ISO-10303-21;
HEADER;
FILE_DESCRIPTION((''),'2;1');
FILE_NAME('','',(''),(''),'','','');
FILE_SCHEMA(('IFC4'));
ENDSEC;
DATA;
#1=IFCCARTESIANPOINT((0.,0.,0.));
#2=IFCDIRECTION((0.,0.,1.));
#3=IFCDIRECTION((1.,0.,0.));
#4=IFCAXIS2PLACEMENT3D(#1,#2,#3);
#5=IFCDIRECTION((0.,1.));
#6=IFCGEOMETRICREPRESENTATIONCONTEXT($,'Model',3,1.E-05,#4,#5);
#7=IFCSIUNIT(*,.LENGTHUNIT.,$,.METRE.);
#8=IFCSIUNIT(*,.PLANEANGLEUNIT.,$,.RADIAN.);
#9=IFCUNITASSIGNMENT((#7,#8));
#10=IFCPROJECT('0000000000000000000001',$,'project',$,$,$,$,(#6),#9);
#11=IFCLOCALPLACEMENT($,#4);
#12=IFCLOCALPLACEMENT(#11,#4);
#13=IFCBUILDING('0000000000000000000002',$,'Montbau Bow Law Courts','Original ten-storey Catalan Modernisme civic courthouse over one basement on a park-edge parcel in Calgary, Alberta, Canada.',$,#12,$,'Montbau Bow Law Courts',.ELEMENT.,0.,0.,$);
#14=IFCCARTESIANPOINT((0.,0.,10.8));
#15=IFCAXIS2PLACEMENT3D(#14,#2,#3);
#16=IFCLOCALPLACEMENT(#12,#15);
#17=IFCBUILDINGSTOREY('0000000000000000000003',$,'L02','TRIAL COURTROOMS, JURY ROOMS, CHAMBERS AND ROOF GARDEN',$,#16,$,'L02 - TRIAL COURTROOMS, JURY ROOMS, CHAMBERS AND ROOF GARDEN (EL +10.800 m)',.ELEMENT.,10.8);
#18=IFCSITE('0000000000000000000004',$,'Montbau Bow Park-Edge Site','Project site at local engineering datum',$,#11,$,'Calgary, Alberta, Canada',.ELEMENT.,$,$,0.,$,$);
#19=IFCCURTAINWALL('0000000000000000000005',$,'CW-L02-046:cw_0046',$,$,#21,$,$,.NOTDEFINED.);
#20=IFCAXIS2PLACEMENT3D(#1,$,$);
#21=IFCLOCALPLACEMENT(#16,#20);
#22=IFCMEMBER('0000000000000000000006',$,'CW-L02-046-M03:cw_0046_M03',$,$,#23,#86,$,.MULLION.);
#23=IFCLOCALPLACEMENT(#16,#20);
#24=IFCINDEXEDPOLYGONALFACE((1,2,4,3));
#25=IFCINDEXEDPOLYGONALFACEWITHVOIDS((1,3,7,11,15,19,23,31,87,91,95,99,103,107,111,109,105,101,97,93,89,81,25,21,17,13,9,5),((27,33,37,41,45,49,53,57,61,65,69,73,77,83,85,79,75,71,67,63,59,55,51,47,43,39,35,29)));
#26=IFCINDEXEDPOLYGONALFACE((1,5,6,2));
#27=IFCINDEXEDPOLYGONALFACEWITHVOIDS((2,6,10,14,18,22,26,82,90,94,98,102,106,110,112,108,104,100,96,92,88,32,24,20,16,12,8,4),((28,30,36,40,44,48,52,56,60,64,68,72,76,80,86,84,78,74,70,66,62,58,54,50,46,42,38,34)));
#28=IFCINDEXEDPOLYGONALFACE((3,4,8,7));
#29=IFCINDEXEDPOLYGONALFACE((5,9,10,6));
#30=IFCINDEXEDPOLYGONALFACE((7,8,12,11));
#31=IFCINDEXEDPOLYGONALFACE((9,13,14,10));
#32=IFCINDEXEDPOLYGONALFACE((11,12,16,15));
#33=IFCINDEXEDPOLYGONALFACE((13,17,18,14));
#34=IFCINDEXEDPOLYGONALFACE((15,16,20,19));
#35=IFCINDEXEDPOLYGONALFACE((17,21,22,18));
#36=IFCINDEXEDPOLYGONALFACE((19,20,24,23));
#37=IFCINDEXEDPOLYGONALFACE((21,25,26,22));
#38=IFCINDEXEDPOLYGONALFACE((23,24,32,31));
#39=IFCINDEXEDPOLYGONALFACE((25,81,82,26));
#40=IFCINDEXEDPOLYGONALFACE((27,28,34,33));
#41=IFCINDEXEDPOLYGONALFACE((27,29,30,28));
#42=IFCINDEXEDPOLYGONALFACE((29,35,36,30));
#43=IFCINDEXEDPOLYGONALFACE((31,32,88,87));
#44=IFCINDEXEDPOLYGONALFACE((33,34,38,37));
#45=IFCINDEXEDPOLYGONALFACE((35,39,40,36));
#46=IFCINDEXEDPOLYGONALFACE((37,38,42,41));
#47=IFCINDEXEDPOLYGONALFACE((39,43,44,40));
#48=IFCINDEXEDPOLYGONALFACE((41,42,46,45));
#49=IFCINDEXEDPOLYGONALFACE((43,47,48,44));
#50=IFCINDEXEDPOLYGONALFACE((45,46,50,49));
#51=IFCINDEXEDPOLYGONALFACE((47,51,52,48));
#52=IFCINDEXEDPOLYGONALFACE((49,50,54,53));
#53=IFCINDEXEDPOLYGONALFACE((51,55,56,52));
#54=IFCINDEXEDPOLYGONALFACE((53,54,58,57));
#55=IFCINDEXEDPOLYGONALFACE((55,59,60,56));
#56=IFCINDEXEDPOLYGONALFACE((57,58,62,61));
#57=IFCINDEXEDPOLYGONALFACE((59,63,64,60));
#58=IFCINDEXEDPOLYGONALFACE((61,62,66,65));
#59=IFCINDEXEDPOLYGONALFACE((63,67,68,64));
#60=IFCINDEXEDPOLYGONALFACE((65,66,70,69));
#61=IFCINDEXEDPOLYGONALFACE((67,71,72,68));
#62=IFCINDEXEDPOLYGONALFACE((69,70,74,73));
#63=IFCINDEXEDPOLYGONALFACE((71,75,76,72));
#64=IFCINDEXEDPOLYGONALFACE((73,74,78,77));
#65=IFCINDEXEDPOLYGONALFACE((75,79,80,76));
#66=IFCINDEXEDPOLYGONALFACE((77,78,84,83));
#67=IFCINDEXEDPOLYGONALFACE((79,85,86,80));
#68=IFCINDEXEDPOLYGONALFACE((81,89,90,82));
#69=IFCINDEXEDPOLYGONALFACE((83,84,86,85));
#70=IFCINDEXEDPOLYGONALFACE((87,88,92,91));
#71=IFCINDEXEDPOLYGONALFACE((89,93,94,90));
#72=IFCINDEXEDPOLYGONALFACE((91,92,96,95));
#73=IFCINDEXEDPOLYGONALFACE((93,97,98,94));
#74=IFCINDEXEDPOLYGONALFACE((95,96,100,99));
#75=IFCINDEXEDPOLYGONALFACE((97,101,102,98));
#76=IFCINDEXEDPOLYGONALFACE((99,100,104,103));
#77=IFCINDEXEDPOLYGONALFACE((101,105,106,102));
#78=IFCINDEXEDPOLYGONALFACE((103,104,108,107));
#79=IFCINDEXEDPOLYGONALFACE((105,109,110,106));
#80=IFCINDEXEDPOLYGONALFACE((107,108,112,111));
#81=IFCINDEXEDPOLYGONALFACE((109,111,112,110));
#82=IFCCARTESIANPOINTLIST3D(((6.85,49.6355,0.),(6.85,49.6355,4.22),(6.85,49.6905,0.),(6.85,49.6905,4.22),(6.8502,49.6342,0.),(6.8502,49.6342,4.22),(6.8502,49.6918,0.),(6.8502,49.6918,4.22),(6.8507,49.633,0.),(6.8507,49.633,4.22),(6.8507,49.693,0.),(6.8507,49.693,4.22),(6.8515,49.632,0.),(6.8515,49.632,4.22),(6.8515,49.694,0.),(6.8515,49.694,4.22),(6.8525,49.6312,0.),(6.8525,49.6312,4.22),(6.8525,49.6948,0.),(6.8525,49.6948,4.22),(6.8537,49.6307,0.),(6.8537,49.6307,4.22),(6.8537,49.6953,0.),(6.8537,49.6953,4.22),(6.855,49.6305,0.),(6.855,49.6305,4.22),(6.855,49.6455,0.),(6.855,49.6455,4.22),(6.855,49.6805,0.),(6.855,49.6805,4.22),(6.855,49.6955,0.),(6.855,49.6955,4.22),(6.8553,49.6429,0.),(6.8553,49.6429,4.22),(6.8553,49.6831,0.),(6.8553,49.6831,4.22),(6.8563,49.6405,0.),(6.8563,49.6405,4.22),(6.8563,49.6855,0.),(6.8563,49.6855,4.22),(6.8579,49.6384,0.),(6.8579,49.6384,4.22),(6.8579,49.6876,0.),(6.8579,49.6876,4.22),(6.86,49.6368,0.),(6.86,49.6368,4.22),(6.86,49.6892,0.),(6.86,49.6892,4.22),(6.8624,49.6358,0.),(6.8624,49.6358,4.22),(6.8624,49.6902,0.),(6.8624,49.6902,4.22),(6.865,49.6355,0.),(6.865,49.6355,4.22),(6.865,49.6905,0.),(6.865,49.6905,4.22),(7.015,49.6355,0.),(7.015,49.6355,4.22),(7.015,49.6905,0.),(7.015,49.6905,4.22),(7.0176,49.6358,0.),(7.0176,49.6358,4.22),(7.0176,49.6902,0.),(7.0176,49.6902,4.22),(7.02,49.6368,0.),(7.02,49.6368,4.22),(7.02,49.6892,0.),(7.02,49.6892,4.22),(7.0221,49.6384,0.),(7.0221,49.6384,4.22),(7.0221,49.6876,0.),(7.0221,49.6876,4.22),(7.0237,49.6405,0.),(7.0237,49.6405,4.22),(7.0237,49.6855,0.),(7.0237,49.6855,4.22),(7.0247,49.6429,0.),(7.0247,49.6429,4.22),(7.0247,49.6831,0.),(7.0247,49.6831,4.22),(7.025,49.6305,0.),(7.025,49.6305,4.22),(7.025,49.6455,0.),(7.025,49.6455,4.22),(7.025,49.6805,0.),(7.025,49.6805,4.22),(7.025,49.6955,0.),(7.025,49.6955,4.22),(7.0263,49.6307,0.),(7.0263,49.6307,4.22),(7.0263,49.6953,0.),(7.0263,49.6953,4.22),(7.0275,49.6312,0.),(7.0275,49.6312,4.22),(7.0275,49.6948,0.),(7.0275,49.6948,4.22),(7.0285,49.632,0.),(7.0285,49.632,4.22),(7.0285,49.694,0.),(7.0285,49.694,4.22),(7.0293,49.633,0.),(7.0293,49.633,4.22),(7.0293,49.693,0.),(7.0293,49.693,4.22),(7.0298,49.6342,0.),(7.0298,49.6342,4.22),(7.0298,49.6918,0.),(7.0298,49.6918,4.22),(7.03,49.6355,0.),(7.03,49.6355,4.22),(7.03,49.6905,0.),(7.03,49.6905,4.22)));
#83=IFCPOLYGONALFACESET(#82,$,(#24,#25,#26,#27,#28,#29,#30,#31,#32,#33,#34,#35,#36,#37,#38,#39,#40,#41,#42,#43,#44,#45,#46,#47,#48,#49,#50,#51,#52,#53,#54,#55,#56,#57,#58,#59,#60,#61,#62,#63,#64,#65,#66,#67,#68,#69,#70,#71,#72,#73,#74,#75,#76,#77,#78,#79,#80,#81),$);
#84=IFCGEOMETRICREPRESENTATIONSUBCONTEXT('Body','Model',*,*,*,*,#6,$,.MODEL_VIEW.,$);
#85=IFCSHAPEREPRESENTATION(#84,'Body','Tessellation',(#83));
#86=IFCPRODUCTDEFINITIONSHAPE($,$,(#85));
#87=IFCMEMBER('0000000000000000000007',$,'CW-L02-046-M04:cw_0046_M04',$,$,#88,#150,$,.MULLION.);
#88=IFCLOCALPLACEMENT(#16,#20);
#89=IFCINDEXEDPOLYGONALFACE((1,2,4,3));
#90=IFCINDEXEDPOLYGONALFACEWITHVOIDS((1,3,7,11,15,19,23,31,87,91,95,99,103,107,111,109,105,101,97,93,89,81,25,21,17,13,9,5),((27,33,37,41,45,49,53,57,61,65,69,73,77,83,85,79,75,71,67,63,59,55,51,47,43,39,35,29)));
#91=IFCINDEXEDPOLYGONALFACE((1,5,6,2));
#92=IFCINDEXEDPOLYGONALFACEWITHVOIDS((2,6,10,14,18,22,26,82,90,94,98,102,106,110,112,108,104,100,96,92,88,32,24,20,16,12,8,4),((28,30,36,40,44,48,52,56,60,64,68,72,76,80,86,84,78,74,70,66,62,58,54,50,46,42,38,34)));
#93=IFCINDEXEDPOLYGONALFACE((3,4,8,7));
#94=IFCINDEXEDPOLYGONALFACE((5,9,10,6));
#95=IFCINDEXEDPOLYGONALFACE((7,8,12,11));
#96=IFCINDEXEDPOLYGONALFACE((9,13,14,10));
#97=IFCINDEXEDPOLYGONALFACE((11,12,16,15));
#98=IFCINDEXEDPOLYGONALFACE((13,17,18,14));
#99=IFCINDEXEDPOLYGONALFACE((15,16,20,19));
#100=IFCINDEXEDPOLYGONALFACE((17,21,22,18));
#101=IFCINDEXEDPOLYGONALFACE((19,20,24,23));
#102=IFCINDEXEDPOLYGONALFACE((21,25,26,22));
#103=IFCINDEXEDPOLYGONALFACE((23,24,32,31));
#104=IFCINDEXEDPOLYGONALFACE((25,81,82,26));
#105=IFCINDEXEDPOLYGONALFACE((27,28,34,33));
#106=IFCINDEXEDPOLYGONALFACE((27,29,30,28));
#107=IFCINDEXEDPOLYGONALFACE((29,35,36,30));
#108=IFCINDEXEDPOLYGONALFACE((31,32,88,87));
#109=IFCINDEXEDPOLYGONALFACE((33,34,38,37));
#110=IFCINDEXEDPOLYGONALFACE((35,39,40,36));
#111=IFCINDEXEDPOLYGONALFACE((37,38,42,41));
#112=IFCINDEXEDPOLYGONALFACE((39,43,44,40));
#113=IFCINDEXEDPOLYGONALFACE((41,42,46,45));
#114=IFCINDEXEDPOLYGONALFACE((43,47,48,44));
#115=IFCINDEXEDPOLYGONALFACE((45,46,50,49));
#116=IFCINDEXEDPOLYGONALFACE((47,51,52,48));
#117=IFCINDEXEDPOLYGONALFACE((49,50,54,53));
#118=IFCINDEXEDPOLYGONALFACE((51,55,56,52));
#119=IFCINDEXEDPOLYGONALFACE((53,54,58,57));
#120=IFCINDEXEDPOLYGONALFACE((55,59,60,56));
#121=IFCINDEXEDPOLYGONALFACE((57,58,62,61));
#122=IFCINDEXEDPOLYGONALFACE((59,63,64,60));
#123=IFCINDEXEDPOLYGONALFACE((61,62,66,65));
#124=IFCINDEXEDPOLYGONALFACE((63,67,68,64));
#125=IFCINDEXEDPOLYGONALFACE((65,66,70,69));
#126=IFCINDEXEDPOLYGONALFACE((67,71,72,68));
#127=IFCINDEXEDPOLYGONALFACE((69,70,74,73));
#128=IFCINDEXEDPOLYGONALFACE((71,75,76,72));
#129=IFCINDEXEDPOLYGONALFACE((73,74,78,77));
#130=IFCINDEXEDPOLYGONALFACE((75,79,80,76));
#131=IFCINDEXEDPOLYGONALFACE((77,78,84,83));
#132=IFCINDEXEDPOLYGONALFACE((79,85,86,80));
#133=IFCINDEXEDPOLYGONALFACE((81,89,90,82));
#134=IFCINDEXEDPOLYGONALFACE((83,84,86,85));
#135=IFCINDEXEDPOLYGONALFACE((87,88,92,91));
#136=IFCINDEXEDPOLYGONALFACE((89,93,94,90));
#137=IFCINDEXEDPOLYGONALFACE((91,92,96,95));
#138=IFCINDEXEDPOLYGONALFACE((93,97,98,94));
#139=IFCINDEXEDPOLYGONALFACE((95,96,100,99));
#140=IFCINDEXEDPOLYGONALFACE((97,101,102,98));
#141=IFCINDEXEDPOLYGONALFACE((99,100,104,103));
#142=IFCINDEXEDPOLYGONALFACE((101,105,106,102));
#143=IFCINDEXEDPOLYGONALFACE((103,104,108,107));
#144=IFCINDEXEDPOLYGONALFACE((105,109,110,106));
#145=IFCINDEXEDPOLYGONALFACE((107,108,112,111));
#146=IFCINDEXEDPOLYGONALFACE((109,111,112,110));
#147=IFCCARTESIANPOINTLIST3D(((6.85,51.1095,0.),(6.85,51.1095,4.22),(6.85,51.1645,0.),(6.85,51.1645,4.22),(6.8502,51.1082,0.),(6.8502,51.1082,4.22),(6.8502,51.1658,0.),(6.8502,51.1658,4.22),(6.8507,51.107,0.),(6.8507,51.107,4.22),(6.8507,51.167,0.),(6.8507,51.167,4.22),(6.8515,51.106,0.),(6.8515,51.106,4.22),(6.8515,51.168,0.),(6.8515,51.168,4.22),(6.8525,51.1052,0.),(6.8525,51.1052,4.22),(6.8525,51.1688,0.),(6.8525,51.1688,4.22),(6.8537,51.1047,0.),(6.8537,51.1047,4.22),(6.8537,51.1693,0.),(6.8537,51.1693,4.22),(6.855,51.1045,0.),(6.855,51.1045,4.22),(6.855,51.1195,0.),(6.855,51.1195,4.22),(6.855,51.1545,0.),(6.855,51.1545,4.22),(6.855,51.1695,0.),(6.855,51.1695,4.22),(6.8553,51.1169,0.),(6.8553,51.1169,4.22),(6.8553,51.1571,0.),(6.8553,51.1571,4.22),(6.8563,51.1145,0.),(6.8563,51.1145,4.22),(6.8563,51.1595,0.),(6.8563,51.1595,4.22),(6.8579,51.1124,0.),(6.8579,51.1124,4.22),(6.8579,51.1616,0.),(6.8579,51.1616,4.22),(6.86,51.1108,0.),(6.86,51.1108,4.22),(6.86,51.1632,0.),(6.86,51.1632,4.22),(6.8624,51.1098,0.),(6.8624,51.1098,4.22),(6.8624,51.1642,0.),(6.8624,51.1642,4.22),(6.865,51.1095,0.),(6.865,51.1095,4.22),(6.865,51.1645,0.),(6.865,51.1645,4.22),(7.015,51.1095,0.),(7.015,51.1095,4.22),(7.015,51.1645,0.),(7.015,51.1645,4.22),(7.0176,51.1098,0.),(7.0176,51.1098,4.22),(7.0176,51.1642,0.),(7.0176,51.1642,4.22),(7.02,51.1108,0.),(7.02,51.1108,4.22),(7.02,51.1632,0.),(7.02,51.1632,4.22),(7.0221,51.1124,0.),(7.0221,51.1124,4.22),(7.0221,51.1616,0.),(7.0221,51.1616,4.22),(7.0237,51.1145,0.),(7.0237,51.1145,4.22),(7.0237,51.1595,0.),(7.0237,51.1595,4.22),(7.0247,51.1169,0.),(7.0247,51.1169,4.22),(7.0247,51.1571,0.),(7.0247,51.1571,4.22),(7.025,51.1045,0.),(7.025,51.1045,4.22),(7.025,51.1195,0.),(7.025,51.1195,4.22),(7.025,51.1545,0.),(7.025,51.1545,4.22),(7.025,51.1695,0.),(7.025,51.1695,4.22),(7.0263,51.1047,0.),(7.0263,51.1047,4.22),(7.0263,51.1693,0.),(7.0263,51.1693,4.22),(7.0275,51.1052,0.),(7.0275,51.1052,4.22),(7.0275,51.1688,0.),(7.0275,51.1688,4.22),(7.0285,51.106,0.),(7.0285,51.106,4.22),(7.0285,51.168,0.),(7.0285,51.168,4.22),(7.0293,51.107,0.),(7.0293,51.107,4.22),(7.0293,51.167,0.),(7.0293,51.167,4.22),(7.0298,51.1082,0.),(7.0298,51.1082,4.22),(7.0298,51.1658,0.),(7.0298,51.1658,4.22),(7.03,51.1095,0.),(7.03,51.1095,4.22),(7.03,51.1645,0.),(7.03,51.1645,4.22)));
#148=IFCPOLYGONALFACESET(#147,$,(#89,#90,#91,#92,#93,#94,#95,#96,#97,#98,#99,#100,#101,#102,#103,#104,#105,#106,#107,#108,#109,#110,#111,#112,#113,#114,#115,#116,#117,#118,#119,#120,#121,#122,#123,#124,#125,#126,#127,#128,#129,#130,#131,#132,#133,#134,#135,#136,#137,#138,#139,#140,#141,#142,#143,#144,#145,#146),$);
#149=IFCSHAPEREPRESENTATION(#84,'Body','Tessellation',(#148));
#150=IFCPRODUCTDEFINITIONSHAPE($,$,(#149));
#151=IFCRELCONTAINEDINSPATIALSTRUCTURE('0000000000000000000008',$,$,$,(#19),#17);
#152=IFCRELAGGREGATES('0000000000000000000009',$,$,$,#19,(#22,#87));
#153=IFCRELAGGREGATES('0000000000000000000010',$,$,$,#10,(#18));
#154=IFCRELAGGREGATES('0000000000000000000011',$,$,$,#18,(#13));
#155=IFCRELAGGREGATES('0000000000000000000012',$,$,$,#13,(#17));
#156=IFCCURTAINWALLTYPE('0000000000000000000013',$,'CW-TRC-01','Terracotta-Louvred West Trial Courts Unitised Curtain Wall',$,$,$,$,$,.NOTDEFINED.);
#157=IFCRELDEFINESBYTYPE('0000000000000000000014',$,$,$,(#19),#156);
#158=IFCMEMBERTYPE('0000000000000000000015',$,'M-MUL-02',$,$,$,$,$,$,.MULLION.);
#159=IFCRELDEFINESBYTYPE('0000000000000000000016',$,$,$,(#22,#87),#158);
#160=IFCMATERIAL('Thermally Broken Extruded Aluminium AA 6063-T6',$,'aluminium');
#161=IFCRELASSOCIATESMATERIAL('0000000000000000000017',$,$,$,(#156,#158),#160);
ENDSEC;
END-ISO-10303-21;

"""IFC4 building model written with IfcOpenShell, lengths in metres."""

from ifc_helpers import new_model, si_unit, direction, frame, origin_with_axes, origin_2d_with_axis, place, context, subcontext, project, spatial, hollow_rectangle, extrude, material, material_profile, profile_set, type_object, element, aggregate, save


model = new_model("IFC4")

# Units and contexts
model_context = context("Model", 3, precision=1e-05, world=origin_with_axes(), true_north=direction((0.0, 1.0)))
body_context = subcontext(model_context, "Body", "Model", "MODEL_VIEW")
ifc_project = project(units=[si_unit("LENGTHUNIT", "METRE"), si_unit("PLANEANGLEUNIT", "RADIAN")], contexts=[model_context])

# Site, building, storey
site_placement = place(None, origin_with_axes())
site = spatial("IfcSite", under=ifc_project, at=site_placement, Name="Montbau Bow Park-Edge Site", Description="Project site at local engineering datum", LongName="Calgary, Alberta, Canada", CompositionType="ELEMENT", RefElevation=0.0)
building_placement = place(site_placement, origin_with_axes())
building = spatial("IfcBuilding", under=site, at=building_placement, Name="Montbau Bow Law Courts", Description="Original ten-storey Catalan Modernisme civic courthouse over one basement on a park-edge parcel in Calgary, Alberta, Canada.", LongName="Montbau Bow Law Courts", CompositionType="ELEMENT", ElevationOfRefHeight=0.0, ElevationOfTerrain=0.0)
storey_placement = place(building_placement, frame((0.0, 0.0, 10.8), z_axis=(0.0, 0.0, 1.0), x_axis=(1.0, 0.0, 0.0)))
storey = spatial("IfcBuildingStorey", under=building, at=storey_placement, Name="L02", Description="TRIAL COURTROOMS, JURY ROOMS, CHAMBERS AND ROOF GARDEN", LongName="L02 - TRIAL COURTROOMS, JURY ROOMS, CHAMBERS AND ROOF GARDEN (EL +10.800 m)", CompositionType="ELEMENT", Elevation=10.8)

# Curtain wall, members
ifc_material_1 = material(Name="Thermally Broken Extruded Aluminium AA 6063-T6", Category="aluminium")
curtain_wall_type = type_object("IfcCurtainWallType", Name="CW-TRC-01", Description="Terracotta-Louvred West Trial Courts Unitised Curtain Wall", PredefinedType="NOTDEFINED", material=ifc_material_1)
curtain_wall_placement = place(None, frame((6.94, 46.715, 10.8), z_axis=(0.0, 0.0, 1.0), x_axis=(1.0, 0.0, 0.0)))
curtain_wall = element("IfcCurtainWall", 1, at=curtain_wall_placement, inside=storey, type_object=curtain_wall_type, Name="CW-L02-046:cw_0046", PredefinedType="NOTDEFINED")
ifc_material_profile_1 = material_profile(ifc_material_1, hollow_rectangle(XDim=0.065, YDim=0.18, WallThickness=0.005, InnerFilletRadius=0.01, OuterFilletRadius=0.005, at=origin_2d_with_axis()), Name="CWM-180X65", Category="Main", Priority=0)
ifc_profile_set_1 = profile_set([ifc_material_profile_1], Name="Thermally Broken Extruded Aluminium AA 6063-T6")
member_type_1 = type_object("IfcMemberType", Name="M-MUL-02", PredefinedType="MULLION", material=ifc_profile_set_1)
member_1_placement = place(None, frame((6.94, 49.663, 10.8), z_axis=(0.0, 0.0, 1.0), x_axis=(0.0, 1.0, 0.0)))
member_1 = element("IfcMember", 2, at=member_1_placement, type_object=member_type_1, Name="CW-L02-046-M03:cw_0046_M03", PredefinedType="MULLION", context=body_context, shape_type="SweptSolid", body=[
    extrude(hollow_rectangle(XDim=0.065, YDim=0.18, WallThickness=0.005, InnerFilletRadius=0.01, OuterFilletRadius=0.005, at=origin_2d_with_axis()), origin_with_axes(), (0.0, 0.0, 1.0), 4.22),
])
member_2_placement = place(None, frame((6.94, 51.137, 10.8), z_axis=(0.0, 0.0, 1.0), x_axis=(0.0, 1.0, 0.0)))
member_2 = element("IfcMember", 3, at=member_2_placement, type_object=member_type_1, Name="CW-L02-046-M04:cw_0046_M04", PredefinedType="MULLION", context=body_context, shape_type="SweptSolid", body=[
    extrude(hollow_rectangle(XDim=0.065, YDim=0.18, WallThickness=0.005, InnerFilletRadius=0.01, OuterFilletRadius=0.005, at=origin_2d_with_axis()), origin_with_axes(), (0.0, 0.0, 1.0), 4.22),
])
aggregate(curtain_wall, [member_1, member_2])

save(model, "model.ifc")
